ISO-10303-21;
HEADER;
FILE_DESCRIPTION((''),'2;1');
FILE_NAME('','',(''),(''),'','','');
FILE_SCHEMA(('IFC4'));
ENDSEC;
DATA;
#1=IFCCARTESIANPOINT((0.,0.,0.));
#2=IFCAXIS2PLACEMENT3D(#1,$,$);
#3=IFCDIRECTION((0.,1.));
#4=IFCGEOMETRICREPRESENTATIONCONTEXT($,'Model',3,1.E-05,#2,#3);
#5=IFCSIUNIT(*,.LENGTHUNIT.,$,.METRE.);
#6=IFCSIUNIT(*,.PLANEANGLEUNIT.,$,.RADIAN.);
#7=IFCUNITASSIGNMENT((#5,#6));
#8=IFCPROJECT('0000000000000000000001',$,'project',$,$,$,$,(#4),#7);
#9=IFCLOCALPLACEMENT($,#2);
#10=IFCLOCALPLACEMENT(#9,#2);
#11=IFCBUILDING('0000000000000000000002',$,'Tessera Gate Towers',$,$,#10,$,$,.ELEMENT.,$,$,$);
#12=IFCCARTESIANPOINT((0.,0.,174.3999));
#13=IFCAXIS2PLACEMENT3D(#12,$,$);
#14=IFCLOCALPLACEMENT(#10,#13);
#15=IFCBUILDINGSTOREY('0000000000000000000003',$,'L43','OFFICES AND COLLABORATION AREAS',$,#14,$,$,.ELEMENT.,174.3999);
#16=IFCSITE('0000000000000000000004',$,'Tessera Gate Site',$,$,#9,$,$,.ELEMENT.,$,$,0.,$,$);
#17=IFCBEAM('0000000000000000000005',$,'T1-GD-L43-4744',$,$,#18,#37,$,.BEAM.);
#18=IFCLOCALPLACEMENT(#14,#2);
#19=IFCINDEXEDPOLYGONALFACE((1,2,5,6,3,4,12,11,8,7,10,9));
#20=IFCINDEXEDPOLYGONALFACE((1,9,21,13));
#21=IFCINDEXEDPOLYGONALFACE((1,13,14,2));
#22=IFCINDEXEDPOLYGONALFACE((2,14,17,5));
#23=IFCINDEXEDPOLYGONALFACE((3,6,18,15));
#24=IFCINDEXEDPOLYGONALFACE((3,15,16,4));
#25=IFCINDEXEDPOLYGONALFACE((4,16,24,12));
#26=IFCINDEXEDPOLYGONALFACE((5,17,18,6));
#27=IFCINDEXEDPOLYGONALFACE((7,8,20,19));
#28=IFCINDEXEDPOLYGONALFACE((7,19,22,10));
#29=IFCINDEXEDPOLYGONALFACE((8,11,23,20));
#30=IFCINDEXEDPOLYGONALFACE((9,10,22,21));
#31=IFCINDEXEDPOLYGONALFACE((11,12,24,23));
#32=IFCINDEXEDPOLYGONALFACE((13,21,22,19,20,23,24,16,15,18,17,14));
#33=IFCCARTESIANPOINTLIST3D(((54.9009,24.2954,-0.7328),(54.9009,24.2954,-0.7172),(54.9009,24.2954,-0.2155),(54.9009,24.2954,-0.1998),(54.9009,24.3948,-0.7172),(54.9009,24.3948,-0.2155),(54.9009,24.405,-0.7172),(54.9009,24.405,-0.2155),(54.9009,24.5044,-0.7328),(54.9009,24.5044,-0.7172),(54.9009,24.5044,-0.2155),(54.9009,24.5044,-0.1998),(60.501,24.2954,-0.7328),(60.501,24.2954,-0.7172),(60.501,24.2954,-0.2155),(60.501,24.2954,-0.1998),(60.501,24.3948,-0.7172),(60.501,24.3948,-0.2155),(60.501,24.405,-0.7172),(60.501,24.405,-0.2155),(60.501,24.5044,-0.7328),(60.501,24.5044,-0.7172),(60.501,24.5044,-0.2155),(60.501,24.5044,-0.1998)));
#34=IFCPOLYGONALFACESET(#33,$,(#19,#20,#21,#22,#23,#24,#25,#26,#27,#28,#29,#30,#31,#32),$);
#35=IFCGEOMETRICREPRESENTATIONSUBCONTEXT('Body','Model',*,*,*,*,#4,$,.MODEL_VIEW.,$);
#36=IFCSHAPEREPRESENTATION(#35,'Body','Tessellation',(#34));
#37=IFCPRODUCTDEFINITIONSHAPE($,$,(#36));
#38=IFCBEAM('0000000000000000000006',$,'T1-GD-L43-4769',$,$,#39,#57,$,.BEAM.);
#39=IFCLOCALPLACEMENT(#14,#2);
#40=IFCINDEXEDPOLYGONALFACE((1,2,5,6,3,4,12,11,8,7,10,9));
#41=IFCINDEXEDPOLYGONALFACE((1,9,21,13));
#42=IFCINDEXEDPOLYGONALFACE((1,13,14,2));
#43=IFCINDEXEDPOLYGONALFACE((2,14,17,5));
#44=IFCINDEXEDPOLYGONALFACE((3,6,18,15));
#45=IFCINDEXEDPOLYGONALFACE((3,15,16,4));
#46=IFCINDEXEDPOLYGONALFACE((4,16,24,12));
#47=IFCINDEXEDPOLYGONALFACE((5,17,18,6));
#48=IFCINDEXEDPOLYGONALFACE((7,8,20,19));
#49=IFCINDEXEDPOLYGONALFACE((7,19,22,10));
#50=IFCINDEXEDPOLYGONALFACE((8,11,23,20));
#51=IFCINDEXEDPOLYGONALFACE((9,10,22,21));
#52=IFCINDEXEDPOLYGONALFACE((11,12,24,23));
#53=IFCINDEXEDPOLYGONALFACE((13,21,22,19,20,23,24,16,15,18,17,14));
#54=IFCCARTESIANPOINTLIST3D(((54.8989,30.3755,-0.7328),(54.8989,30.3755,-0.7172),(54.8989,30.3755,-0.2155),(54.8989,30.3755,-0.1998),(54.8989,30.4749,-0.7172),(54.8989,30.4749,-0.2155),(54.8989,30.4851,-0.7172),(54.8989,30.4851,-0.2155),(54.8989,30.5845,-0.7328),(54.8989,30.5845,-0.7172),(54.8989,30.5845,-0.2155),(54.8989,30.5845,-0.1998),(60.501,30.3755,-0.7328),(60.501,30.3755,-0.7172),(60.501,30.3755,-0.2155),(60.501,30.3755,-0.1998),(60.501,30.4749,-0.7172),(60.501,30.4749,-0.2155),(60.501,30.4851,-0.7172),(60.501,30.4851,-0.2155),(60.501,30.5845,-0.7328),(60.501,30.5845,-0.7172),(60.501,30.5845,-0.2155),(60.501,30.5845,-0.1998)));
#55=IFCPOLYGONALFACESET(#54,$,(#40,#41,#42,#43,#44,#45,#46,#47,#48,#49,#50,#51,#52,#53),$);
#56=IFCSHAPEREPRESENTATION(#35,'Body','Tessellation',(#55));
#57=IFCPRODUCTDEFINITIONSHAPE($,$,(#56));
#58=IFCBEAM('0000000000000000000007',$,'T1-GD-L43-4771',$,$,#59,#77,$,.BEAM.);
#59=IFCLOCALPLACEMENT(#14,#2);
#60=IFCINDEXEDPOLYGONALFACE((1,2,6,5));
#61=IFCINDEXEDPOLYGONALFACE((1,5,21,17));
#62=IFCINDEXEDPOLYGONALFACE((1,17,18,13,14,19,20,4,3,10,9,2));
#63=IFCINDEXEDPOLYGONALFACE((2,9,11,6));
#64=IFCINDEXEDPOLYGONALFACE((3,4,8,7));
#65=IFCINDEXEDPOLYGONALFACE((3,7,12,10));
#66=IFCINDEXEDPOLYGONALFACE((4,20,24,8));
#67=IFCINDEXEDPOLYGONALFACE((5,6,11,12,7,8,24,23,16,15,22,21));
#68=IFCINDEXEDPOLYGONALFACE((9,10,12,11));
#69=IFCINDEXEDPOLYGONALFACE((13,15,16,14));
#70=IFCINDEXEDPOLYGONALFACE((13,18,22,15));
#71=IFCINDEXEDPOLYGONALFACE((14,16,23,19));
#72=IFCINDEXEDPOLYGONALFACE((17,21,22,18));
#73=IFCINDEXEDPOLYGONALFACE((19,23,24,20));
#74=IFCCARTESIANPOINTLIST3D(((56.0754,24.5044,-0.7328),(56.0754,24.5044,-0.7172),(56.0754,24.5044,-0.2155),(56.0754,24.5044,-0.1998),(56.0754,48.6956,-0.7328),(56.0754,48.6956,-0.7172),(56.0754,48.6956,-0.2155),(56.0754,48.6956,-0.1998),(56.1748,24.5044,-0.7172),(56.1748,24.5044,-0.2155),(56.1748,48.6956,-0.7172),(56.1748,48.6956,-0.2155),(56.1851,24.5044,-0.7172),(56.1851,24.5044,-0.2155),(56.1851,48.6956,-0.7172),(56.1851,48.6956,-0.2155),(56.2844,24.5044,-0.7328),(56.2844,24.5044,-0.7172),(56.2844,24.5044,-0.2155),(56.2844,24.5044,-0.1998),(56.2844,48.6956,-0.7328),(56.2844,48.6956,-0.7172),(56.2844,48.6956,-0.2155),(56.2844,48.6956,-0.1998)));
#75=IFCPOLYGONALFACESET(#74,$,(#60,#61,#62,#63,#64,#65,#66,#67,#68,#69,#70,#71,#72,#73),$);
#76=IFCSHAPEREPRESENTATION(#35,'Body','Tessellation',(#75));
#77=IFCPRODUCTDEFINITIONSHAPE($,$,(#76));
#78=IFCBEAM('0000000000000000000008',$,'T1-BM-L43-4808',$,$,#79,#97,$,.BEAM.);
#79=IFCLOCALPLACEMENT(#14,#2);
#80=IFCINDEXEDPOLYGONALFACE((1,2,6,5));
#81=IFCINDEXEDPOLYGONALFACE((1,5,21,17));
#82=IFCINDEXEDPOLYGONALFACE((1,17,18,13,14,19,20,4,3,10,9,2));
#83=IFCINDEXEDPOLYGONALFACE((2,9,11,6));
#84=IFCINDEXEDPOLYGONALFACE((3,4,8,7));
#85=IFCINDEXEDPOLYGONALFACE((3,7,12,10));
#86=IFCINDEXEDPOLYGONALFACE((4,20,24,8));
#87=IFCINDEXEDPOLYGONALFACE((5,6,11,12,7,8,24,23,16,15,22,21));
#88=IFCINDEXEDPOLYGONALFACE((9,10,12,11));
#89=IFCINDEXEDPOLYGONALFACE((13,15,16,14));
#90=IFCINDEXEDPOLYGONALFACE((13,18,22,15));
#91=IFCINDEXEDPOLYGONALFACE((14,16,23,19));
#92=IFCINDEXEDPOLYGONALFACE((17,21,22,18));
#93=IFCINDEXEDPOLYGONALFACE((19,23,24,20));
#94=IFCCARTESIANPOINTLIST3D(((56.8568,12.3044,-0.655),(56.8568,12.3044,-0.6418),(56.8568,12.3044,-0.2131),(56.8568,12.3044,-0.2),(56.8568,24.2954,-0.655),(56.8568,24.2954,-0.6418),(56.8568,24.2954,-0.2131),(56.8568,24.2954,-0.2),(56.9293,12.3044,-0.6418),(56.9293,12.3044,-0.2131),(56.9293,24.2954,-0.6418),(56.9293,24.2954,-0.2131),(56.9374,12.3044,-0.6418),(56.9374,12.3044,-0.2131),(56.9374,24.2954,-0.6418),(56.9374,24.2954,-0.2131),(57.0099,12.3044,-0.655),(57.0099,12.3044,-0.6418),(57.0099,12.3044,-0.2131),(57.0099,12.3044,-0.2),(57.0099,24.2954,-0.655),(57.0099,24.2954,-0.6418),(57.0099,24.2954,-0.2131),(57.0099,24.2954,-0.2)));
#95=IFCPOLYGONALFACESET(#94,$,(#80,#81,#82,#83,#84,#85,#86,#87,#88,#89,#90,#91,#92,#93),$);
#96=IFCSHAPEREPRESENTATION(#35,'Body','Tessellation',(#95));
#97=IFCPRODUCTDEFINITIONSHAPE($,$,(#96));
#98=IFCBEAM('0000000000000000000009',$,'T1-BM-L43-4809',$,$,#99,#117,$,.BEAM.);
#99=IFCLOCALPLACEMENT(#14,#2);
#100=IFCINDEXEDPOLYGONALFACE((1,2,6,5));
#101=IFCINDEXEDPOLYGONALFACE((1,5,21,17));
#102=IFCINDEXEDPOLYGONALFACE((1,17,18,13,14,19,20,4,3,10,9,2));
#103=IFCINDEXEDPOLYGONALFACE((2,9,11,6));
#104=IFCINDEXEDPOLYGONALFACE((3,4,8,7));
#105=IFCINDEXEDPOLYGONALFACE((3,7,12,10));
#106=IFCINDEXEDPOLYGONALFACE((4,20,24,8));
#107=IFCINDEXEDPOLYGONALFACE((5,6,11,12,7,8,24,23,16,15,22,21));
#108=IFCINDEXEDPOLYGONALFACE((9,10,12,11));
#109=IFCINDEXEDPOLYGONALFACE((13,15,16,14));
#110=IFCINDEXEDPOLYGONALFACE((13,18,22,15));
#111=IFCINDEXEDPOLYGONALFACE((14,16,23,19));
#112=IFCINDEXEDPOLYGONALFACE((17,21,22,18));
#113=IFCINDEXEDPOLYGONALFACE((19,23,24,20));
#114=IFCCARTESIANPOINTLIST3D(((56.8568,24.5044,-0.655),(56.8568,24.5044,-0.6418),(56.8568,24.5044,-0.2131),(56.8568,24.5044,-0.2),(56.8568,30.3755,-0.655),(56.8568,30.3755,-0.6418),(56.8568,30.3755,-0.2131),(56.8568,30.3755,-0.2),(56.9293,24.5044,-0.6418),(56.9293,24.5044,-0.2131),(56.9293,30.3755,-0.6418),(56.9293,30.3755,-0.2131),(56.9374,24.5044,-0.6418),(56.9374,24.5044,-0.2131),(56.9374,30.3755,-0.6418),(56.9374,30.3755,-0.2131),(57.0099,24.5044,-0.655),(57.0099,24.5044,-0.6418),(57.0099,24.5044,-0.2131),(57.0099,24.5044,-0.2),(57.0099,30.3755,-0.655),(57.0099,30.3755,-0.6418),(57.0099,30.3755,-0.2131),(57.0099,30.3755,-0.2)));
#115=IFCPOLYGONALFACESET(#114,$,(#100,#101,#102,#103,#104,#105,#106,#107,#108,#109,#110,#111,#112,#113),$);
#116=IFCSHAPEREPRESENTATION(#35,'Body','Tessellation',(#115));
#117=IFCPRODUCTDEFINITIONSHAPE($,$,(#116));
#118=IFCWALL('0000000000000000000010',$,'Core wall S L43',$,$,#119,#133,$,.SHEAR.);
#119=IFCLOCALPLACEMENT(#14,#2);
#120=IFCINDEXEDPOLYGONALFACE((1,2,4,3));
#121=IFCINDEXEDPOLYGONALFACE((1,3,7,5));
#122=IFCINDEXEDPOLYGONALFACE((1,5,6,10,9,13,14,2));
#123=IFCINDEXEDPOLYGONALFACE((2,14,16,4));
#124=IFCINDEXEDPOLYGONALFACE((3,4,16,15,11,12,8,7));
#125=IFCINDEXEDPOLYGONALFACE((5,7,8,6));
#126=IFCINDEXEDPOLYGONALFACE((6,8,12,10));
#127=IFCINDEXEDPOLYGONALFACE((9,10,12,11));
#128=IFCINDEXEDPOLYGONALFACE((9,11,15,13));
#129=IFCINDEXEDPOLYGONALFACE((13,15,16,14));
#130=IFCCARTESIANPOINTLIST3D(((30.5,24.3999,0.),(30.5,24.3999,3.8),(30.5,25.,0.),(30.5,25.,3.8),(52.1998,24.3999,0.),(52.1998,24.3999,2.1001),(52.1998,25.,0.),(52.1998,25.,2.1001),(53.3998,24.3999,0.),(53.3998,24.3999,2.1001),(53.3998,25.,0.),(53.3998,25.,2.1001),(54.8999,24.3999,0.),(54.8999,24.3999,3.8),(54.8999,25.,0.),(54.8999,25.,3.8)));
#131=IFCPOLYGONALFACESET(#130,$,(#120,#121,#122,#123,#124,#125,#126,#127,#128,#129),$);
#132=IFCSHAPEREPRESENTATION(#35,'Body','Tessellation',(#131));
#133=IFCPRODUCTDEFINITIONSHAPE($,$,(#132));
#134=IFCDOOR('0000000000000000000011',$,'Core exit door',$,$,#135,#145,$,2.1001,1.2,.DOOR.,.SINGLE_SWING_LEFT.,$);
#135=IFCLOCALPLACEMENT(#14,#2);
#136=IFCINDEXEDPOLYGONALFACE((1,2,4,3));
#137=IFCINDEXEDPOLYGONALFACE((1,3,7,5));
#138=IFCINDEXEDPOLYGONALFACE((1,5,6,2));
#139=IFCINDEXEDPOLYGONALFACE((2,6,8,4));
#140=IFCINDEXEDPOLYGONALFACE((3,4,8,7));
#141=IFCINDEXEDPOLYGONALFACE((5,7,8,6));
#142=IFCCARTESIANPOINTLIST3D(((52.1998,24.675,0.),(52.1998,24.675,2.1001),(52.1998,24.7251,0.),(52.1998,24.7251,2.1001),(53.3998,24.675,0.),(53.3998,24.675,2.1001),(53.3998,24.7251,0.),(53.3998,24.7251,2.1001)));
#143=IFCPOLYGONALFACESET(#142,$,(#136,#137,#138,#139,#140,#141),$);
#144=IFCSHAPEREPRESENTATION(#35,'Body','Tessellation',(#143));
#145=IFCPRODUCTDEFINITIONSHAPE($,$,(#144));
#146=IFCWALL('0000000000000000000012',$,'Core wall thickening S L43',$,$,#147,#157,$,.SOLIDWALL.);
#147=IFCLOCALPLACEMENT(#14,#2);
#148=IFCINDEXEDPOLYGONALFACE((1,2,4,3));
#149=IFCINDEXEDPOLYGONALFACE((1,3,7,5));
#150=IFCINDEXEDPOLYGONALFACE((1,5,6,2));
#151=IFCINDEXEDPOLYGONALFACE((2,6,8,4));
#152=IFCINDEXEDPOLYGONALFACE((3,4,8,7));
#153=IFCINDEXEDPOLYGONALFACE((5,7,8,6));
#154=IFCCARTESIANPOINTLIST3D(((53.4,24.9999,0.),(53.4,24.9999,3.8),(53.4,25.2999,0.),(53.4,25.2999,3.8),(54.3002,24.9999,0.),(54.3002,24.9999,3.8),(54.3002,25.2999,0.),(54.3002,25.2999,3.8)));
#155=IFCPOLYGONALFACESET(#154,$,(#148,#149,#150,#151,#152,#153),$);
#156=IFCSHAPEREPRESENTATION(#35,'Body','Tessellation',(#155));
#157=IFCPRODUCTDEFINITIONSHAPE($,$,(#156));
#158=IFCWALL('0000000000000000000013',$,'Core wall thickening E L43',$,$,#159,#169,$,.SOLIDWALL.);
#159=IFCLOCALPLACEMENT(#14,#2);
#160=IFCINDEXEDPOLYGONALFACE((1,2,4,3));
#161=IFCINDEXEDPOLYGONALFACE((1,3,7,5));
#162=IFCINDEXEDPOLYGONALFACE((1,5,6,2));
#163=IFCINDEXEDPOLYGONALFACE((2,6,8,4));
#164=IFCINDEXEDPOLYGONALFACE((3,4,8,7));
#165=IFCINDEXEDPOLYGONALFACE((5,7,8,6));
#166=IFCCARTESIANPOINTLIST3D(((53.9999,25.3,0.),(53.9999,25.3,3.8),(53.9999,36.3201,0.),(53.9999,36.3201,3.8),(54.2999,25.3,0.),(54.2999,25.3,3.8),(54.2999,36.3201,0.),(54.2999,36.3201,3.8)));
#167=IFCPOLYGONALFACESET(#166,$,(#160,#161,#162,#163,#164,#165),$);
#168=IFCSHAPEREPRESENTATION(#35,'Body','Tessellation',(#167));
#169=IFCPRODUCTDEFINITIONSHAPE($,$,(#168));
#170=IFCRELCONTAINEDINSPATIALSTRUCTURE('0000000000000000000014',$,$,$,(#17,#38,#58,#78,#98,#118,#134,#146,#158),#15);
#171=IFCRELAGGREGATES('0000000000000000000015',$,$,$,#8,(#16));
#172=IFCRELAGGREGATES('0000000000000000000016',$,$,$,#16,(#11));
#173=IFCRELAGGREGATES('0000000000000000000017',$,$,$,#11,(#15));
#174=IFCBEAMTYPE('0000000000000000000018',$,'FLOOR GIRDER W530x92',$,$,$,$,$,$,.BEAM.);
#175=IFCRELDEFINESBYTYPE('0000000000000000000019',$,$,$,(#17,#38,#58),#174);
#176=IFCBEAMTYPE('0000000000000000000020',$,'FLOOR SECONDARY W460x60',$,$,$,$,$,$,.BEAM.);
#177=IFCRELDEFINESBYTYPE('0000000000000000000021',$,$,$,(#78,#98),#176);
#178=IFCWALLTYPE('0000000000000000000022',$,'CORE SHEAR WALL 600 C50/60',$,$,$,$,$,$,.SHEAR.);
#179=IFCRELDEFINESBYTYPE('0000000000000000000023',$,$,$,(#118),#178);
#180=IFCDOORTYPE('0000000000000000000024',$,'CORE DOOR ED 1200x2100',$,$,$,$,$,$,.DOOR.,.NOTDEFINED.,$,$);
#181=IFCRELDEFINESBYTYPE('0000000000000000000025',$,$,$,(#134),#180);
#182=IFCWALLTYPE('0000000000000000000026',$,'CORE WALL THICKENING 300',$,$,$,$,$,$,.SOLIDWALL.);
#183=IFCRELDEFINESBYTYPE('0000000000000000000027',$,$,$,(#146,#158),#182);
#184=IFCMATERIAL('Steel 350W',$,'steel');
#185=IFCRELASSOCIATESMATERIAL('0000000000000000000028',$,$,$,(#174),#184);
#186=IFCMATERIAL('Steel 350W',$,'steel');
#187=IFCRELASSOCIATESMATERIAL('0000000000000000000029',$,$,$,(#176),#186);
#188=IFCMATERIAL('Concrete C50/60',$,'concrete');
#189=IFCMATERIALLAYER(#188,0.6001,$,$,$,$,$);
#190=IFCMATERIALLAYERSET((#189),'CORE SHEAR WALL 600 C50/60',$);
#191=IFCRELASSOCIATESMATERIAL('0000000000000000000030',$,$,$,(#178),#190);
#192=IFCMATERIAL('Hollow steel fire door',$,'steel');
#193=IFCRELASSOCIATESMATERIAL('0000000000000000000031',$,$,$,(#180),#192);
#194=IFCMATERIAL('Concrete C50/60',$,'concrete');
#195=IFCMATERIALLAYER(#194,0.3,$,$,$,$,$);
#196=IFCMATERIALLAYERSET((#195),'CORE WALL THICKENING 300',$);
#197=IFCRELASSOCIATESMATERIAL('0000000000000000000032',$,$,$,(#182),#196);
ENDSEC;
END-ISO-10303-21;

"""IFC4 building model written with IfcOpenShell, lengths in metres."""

from ifc_helpers import new_model, si_unit, direction, frame, frame_2d, origin, origin_2d, place, context, subcontext, project, spatial, rectangle, i_section, extrude, source, transform, mapped, material, layer, layer_set, material_profile, profile_set, type_object, element, fill, save


model = new_model("IFC4")

# Units and contexts
model_context = context("Model", 3, precision=1e-05, world=origin(), true_north=direction((0.0, 1.0)))
body_context = subcontext(model_context, "Body", "Model", "MODEL_VIEW")
ifc_project = project(units=[si_unit("LENGTHUNIT", "METRE"), si_unit("PLANEANGLEUNIT", "RADIAN")], contexts=[model_context])

# Site, building, storey
site_placement = place(None, origin())
site = spatial("IfcSite", under=ifc_project, at=site_placement, Name="Tessera Gate Site", CompositionType="ELEMENT", RefElevation=0.0)
building_placement = place(site_placement, origin())
building = spatial("IfcBuilding", under=site, at=building_placement, Name="Tessera Gate Towers", CompositionType="ELEMENT")
storey_placement = place(building_placement, frame((0.0, 0.0, 174.3999)))
storey = spatial("IfcBuildingStorey", under=building, at=storey_placement, Name="L43", Description="OFFICES AND COLLABORATION AREAS", CompositionType="ELEMENT", Elevation=174.3999)

# Beams
ifc_material_1 = material(Name="Steel 350W", Category="steel")
ifc_material_profile_1 = material_profile(ifc_material_1, i_section(OverallWidth=0.209, OverallDepth=0.533, WebThickness=0.0103, FlangeThickness=0.0156, at=origin_2d()), Name="W530x92")
ifc_profile_set_1 = profile_set([ifc_material_profile_1], Name="Steel 350W")
beam_type_1 = type_object("IfcBeamType", Name="FLOOR GIRDER W530x92", PredefinedType="BEAM", material=ifc_profile_set_1)
beam_1_placement = place(storey_placement, frame((54.9009, 24.3999, -0.4663), z_axis=(1.0, 0.0, 0.0), x_axis=(0.0, 1.0, 0.0)))
element("IfcBeam", 1, at=beam_1_placement, inside=storey, type_object=beam_type_1, Name="T1-GD-L43-4744", PredefinedType="BEAM", context=body_context, shape_type="SweptSolid", body=[
    extrude(i_section(OverallWidth=0.209, OverallDepth=0.533, WebThickness=0.0103, FlangeThickness=0.0156, at=origin_2d()), origin(), (0.0, 0.0, 1.0), 5.6001),
])
beam_2_placement = place(storey_placement, frame((54.8989, 30.48, -0.4663), z_axis=(1.0, 0.0, 0.0), x_axis=(0.0, 1.0, 0.0)))
element("IfcBeam", 2, at=beam_2_placement, inside=storey, type_object=beam_type_1, Name="T1-GD-L43-4769", PredefinedType="BEAM", context=body_context, shape_type="SweptSolid", body=[
    extrude(i_section(OverallWidth=0.209, OverallDepth=0.533, WebThickness=0.0103, FlangeThickness=0.0156, at=origin_2d()), origin(), (0.0, 0.0, 1.0), 5.6021),
])
beam_3_placement = place(storey_placement, frame((56.1799, 24.5044, -0.4663), z_axis=(0.0, 1.0, 0.0), x_axis=(-1.0, 0.0, 0.0)))
element("IfcBeam", 3, at=beam_3_placement, inside=storey, type_object=beam_type_1, Name="T1-GD-L43-4771", PredefinedType="BEAM", context=body_context, shape_type="SweptSolid", body=[
    extrude(i_section(OverallWidth=0.209, OverallDepth=0.533, WebThickness=0.0103, FlangeThickness=0.0156, at=origin_2d()), origin(), (0.0, 0.0, 1.0), 24.1912),
])
ifc_material_2 = material(Name="Steel 350W", Category="steel")
ifc_material_profile_2 = material_profile(ifc_material_2, i_section(OverallWidth=0.1531, OverallDepth=0.4551, WebThickness=0.0081, FlangeThickness=0.0132, at=origin_2d()), Name="W460x60")
ifc_profile_set_2 = profile_set([ifc_material_profile_2], Name="Steel 350W")
beam_type_2 = type_object("IfcBeamType", Name="FLOOR SECONDARY W460x60", PredefinedType="BEAM", material=ifc_profile_set_2)
beam_4_placement = place(storey_placement, frame((56.9333, 12.3044, -0.4275), z_axis=(0.0, 1.0, 0.0), x_axis=(-1.0, 0.0, 0.0)))
element("IfcBeam", 4, at=beam_4_placement, inside=storey, type_object=beam_type_2, Name="T1-BM-L43-4808", PredefinedType="BEAM", context=body_context, shape_type="SweptSolid", body=[
    extrude(i_section(OverallWidth=0.1531, OverallDepth=0.4551, WebThickness=0.0081, FlangeThickness=0.0132, at=origin_2d()), origin(), (0.0, 0.0, 1.0), 11.991),
])
beam_5_placement = place(storey_placement, frame((56.9333, 24.5044, -0.4275), z_axis=(0.0, 1.0, 0.0), x_axis=(-1.0, 0.0, 0.0)))
element("IfcBeam", 5, at=beam_5_placement, inside=storey, type_object=beam_type_2, Name="T1-BM-L43-4809", PredefinedType="BEAM", context=body_context, shape_type="SweptSolid", body=[
    extrude(i_section(OverallWidth=0.1531, OverallDepth=0.4551, WebThickness=0.0081, FlangeThickness=0.0132, at=origin_2d()), origin(), (0.0, 0.0, 1.0), 5.8711),
])

# Wall, opening, door
ifc_material_3 = material(Name="Concrete C50/60", Category="concrete")
ifc_layer_1 = layer(ifc_material_3, 0.6001)
ifc_layer_set_1 = layer_set([ifc_layer_1], Name="CORE SHEAR WALL 600 C50/60")
wall_type_1 = type_object("IfcWallType", Name="CORE SHEAR WALL 600 C50/60", PredefinedType="SHEAR", material=ifc_layer_set_1)
wall_1_placement = place(storey_placement, frame((54.8999, 24.7, 0.0), z_axis=(0.0, 0.0, 1.0), x_axis=(-1.0, 0.0, 0.0)))
wall_1 = element("IfcWall", 6, at=wall_1_placement, inside=storey, type_object=wall_type_1, Name="Core wall S L43", PredefinedType="SHEAR", context=body_context, shape_type="SweptSolid", body=[
    extrude(rectangle(XDim=24.3999, YDim=0.6001, at=frame_2d((12.2, 0.0))), origin(), (0.0, 0.0, 1.0), 3.8),
])
shared_shape_1 = source(origin(), body_context, "Body", "SweptSolid", [
    extrude(rectangle(XDim=1.2, YDim=2.1001, at=frame_2d((0.6001, 1.05))), frame((0.0, 0.3101, 0.0), z_axis=(0.0, -1.0, 0.0), x_axis=(1.0, 0.0, 0.0)), (0.0, 0.0, 1.0), 0.6201),
])
opening_1_placement = place(wall_1_placement, frame((1.5, 0.0, 0.0)))
opening_1 = element("IfcOpeningElement", 7, at=opening_1_placement, cuts=wall_1, PredefinedType="OPENING", context=body_context, shape_type="MappedRepresentation", body=[
    mapped(shared_shape_1, transform((0.0, 0.0, 0.0), scale=1.0)),
])
ifc_material_4 = material(Name="Hollow steel fire door", Category="steel")
door_type_1 = type_object("IfcDoorType", Name="CORE DOOR ED 1200x2100", OperationType="NOTDEFINED", PredefinedType="DOOR", material=ifc_material_4)
shared_shape_2 = source(origin(), body_context, "Body", "SweptSolid", [
    extrude(rectangle(XDim=1.2, YDim=2.1001, at=frame_2d((0.6001, 1.05))), frame((0.0, 0.0249, 0.0), z_axis=(0.0, -1.0, 0.0), x_axis=(1.0, 0.0, 0.0)), (0.0, 0.0, 1.0), 0.05),
])
door_1_placement = place(opening_1_placement, origin())
door_1 = element("IfcDoor", 8, at=door_1_placement, inside=storey, type_object=door_type_1, Name="Core exit door", OperationType="SINGLE_SWING_LEFT", OverallHeight=2.1001, OverallWidth=1.2, PredefinedType="DOOR", context=body_context, shape_type="MappedRepresentation", body=[
    mapped(shared_shape_2, transform((0.0, 0.0, 0.0), scale=1.0)),
])
fill(opening_1, door_1)

# Walls
ifc_material_5 = material(Name="Concrete C50/60", Category="concrete")
ifc_layer_2 = layer(ifc_material_5, 0.3)
ifc_layer_set_2 = layer_set([ifc_layer_2], Name="CORE WALL THICKENING 300")
wall_type_2 = type_object("IfcWallType", Name="CORE WALL THICKENING 300", PredefinedType="SOLIDWALL", material=ifc_layer_set_2)
wall_2_placement = place(storey_placement, frame((53.3999, 25.1499, 0.0), z_axis=(0.0, 0.0, 1.0), x_axis=(1.0, 0.0, 0.0)))
element("IfcWall", 9, at=wall_2_placement, inside=storey, type_object=wall_type_2, Name="Core wall thickening S L43", PredefinedType="SOLIDWALL", context=body_context, shape_type="SweptSolid", body=[
    extrude(rectangle(XDim=0.9001, YDim=0.3, at=frame_2d((0.4502, 0.0))), origin(), (0.0, 0.0, 1.0), 3.8),
])
wall_3_placement = place(storey_placement, frame((54.1499, 25.3, 0.0), z_axis=(0.0, 0.0, 1.0), x_axis=(0.0, 1.0, 0.0)))
element("IfcWall", 10, at=wall_3_placement, inside=storey, type_object=wall_type_2, Name="Core wall thickening E L43", PredefinedType="SOLIDWALL", context=body_context, shape_type="SweptSolid", body=[
    extrude(rectangle(XDim=11.02, YDim=0.3, at=frame_2d((5.51, 0.0))), origin(), (0.0, 0.0, 1.0), 3.8),
])

save(model, "model.ifc")
